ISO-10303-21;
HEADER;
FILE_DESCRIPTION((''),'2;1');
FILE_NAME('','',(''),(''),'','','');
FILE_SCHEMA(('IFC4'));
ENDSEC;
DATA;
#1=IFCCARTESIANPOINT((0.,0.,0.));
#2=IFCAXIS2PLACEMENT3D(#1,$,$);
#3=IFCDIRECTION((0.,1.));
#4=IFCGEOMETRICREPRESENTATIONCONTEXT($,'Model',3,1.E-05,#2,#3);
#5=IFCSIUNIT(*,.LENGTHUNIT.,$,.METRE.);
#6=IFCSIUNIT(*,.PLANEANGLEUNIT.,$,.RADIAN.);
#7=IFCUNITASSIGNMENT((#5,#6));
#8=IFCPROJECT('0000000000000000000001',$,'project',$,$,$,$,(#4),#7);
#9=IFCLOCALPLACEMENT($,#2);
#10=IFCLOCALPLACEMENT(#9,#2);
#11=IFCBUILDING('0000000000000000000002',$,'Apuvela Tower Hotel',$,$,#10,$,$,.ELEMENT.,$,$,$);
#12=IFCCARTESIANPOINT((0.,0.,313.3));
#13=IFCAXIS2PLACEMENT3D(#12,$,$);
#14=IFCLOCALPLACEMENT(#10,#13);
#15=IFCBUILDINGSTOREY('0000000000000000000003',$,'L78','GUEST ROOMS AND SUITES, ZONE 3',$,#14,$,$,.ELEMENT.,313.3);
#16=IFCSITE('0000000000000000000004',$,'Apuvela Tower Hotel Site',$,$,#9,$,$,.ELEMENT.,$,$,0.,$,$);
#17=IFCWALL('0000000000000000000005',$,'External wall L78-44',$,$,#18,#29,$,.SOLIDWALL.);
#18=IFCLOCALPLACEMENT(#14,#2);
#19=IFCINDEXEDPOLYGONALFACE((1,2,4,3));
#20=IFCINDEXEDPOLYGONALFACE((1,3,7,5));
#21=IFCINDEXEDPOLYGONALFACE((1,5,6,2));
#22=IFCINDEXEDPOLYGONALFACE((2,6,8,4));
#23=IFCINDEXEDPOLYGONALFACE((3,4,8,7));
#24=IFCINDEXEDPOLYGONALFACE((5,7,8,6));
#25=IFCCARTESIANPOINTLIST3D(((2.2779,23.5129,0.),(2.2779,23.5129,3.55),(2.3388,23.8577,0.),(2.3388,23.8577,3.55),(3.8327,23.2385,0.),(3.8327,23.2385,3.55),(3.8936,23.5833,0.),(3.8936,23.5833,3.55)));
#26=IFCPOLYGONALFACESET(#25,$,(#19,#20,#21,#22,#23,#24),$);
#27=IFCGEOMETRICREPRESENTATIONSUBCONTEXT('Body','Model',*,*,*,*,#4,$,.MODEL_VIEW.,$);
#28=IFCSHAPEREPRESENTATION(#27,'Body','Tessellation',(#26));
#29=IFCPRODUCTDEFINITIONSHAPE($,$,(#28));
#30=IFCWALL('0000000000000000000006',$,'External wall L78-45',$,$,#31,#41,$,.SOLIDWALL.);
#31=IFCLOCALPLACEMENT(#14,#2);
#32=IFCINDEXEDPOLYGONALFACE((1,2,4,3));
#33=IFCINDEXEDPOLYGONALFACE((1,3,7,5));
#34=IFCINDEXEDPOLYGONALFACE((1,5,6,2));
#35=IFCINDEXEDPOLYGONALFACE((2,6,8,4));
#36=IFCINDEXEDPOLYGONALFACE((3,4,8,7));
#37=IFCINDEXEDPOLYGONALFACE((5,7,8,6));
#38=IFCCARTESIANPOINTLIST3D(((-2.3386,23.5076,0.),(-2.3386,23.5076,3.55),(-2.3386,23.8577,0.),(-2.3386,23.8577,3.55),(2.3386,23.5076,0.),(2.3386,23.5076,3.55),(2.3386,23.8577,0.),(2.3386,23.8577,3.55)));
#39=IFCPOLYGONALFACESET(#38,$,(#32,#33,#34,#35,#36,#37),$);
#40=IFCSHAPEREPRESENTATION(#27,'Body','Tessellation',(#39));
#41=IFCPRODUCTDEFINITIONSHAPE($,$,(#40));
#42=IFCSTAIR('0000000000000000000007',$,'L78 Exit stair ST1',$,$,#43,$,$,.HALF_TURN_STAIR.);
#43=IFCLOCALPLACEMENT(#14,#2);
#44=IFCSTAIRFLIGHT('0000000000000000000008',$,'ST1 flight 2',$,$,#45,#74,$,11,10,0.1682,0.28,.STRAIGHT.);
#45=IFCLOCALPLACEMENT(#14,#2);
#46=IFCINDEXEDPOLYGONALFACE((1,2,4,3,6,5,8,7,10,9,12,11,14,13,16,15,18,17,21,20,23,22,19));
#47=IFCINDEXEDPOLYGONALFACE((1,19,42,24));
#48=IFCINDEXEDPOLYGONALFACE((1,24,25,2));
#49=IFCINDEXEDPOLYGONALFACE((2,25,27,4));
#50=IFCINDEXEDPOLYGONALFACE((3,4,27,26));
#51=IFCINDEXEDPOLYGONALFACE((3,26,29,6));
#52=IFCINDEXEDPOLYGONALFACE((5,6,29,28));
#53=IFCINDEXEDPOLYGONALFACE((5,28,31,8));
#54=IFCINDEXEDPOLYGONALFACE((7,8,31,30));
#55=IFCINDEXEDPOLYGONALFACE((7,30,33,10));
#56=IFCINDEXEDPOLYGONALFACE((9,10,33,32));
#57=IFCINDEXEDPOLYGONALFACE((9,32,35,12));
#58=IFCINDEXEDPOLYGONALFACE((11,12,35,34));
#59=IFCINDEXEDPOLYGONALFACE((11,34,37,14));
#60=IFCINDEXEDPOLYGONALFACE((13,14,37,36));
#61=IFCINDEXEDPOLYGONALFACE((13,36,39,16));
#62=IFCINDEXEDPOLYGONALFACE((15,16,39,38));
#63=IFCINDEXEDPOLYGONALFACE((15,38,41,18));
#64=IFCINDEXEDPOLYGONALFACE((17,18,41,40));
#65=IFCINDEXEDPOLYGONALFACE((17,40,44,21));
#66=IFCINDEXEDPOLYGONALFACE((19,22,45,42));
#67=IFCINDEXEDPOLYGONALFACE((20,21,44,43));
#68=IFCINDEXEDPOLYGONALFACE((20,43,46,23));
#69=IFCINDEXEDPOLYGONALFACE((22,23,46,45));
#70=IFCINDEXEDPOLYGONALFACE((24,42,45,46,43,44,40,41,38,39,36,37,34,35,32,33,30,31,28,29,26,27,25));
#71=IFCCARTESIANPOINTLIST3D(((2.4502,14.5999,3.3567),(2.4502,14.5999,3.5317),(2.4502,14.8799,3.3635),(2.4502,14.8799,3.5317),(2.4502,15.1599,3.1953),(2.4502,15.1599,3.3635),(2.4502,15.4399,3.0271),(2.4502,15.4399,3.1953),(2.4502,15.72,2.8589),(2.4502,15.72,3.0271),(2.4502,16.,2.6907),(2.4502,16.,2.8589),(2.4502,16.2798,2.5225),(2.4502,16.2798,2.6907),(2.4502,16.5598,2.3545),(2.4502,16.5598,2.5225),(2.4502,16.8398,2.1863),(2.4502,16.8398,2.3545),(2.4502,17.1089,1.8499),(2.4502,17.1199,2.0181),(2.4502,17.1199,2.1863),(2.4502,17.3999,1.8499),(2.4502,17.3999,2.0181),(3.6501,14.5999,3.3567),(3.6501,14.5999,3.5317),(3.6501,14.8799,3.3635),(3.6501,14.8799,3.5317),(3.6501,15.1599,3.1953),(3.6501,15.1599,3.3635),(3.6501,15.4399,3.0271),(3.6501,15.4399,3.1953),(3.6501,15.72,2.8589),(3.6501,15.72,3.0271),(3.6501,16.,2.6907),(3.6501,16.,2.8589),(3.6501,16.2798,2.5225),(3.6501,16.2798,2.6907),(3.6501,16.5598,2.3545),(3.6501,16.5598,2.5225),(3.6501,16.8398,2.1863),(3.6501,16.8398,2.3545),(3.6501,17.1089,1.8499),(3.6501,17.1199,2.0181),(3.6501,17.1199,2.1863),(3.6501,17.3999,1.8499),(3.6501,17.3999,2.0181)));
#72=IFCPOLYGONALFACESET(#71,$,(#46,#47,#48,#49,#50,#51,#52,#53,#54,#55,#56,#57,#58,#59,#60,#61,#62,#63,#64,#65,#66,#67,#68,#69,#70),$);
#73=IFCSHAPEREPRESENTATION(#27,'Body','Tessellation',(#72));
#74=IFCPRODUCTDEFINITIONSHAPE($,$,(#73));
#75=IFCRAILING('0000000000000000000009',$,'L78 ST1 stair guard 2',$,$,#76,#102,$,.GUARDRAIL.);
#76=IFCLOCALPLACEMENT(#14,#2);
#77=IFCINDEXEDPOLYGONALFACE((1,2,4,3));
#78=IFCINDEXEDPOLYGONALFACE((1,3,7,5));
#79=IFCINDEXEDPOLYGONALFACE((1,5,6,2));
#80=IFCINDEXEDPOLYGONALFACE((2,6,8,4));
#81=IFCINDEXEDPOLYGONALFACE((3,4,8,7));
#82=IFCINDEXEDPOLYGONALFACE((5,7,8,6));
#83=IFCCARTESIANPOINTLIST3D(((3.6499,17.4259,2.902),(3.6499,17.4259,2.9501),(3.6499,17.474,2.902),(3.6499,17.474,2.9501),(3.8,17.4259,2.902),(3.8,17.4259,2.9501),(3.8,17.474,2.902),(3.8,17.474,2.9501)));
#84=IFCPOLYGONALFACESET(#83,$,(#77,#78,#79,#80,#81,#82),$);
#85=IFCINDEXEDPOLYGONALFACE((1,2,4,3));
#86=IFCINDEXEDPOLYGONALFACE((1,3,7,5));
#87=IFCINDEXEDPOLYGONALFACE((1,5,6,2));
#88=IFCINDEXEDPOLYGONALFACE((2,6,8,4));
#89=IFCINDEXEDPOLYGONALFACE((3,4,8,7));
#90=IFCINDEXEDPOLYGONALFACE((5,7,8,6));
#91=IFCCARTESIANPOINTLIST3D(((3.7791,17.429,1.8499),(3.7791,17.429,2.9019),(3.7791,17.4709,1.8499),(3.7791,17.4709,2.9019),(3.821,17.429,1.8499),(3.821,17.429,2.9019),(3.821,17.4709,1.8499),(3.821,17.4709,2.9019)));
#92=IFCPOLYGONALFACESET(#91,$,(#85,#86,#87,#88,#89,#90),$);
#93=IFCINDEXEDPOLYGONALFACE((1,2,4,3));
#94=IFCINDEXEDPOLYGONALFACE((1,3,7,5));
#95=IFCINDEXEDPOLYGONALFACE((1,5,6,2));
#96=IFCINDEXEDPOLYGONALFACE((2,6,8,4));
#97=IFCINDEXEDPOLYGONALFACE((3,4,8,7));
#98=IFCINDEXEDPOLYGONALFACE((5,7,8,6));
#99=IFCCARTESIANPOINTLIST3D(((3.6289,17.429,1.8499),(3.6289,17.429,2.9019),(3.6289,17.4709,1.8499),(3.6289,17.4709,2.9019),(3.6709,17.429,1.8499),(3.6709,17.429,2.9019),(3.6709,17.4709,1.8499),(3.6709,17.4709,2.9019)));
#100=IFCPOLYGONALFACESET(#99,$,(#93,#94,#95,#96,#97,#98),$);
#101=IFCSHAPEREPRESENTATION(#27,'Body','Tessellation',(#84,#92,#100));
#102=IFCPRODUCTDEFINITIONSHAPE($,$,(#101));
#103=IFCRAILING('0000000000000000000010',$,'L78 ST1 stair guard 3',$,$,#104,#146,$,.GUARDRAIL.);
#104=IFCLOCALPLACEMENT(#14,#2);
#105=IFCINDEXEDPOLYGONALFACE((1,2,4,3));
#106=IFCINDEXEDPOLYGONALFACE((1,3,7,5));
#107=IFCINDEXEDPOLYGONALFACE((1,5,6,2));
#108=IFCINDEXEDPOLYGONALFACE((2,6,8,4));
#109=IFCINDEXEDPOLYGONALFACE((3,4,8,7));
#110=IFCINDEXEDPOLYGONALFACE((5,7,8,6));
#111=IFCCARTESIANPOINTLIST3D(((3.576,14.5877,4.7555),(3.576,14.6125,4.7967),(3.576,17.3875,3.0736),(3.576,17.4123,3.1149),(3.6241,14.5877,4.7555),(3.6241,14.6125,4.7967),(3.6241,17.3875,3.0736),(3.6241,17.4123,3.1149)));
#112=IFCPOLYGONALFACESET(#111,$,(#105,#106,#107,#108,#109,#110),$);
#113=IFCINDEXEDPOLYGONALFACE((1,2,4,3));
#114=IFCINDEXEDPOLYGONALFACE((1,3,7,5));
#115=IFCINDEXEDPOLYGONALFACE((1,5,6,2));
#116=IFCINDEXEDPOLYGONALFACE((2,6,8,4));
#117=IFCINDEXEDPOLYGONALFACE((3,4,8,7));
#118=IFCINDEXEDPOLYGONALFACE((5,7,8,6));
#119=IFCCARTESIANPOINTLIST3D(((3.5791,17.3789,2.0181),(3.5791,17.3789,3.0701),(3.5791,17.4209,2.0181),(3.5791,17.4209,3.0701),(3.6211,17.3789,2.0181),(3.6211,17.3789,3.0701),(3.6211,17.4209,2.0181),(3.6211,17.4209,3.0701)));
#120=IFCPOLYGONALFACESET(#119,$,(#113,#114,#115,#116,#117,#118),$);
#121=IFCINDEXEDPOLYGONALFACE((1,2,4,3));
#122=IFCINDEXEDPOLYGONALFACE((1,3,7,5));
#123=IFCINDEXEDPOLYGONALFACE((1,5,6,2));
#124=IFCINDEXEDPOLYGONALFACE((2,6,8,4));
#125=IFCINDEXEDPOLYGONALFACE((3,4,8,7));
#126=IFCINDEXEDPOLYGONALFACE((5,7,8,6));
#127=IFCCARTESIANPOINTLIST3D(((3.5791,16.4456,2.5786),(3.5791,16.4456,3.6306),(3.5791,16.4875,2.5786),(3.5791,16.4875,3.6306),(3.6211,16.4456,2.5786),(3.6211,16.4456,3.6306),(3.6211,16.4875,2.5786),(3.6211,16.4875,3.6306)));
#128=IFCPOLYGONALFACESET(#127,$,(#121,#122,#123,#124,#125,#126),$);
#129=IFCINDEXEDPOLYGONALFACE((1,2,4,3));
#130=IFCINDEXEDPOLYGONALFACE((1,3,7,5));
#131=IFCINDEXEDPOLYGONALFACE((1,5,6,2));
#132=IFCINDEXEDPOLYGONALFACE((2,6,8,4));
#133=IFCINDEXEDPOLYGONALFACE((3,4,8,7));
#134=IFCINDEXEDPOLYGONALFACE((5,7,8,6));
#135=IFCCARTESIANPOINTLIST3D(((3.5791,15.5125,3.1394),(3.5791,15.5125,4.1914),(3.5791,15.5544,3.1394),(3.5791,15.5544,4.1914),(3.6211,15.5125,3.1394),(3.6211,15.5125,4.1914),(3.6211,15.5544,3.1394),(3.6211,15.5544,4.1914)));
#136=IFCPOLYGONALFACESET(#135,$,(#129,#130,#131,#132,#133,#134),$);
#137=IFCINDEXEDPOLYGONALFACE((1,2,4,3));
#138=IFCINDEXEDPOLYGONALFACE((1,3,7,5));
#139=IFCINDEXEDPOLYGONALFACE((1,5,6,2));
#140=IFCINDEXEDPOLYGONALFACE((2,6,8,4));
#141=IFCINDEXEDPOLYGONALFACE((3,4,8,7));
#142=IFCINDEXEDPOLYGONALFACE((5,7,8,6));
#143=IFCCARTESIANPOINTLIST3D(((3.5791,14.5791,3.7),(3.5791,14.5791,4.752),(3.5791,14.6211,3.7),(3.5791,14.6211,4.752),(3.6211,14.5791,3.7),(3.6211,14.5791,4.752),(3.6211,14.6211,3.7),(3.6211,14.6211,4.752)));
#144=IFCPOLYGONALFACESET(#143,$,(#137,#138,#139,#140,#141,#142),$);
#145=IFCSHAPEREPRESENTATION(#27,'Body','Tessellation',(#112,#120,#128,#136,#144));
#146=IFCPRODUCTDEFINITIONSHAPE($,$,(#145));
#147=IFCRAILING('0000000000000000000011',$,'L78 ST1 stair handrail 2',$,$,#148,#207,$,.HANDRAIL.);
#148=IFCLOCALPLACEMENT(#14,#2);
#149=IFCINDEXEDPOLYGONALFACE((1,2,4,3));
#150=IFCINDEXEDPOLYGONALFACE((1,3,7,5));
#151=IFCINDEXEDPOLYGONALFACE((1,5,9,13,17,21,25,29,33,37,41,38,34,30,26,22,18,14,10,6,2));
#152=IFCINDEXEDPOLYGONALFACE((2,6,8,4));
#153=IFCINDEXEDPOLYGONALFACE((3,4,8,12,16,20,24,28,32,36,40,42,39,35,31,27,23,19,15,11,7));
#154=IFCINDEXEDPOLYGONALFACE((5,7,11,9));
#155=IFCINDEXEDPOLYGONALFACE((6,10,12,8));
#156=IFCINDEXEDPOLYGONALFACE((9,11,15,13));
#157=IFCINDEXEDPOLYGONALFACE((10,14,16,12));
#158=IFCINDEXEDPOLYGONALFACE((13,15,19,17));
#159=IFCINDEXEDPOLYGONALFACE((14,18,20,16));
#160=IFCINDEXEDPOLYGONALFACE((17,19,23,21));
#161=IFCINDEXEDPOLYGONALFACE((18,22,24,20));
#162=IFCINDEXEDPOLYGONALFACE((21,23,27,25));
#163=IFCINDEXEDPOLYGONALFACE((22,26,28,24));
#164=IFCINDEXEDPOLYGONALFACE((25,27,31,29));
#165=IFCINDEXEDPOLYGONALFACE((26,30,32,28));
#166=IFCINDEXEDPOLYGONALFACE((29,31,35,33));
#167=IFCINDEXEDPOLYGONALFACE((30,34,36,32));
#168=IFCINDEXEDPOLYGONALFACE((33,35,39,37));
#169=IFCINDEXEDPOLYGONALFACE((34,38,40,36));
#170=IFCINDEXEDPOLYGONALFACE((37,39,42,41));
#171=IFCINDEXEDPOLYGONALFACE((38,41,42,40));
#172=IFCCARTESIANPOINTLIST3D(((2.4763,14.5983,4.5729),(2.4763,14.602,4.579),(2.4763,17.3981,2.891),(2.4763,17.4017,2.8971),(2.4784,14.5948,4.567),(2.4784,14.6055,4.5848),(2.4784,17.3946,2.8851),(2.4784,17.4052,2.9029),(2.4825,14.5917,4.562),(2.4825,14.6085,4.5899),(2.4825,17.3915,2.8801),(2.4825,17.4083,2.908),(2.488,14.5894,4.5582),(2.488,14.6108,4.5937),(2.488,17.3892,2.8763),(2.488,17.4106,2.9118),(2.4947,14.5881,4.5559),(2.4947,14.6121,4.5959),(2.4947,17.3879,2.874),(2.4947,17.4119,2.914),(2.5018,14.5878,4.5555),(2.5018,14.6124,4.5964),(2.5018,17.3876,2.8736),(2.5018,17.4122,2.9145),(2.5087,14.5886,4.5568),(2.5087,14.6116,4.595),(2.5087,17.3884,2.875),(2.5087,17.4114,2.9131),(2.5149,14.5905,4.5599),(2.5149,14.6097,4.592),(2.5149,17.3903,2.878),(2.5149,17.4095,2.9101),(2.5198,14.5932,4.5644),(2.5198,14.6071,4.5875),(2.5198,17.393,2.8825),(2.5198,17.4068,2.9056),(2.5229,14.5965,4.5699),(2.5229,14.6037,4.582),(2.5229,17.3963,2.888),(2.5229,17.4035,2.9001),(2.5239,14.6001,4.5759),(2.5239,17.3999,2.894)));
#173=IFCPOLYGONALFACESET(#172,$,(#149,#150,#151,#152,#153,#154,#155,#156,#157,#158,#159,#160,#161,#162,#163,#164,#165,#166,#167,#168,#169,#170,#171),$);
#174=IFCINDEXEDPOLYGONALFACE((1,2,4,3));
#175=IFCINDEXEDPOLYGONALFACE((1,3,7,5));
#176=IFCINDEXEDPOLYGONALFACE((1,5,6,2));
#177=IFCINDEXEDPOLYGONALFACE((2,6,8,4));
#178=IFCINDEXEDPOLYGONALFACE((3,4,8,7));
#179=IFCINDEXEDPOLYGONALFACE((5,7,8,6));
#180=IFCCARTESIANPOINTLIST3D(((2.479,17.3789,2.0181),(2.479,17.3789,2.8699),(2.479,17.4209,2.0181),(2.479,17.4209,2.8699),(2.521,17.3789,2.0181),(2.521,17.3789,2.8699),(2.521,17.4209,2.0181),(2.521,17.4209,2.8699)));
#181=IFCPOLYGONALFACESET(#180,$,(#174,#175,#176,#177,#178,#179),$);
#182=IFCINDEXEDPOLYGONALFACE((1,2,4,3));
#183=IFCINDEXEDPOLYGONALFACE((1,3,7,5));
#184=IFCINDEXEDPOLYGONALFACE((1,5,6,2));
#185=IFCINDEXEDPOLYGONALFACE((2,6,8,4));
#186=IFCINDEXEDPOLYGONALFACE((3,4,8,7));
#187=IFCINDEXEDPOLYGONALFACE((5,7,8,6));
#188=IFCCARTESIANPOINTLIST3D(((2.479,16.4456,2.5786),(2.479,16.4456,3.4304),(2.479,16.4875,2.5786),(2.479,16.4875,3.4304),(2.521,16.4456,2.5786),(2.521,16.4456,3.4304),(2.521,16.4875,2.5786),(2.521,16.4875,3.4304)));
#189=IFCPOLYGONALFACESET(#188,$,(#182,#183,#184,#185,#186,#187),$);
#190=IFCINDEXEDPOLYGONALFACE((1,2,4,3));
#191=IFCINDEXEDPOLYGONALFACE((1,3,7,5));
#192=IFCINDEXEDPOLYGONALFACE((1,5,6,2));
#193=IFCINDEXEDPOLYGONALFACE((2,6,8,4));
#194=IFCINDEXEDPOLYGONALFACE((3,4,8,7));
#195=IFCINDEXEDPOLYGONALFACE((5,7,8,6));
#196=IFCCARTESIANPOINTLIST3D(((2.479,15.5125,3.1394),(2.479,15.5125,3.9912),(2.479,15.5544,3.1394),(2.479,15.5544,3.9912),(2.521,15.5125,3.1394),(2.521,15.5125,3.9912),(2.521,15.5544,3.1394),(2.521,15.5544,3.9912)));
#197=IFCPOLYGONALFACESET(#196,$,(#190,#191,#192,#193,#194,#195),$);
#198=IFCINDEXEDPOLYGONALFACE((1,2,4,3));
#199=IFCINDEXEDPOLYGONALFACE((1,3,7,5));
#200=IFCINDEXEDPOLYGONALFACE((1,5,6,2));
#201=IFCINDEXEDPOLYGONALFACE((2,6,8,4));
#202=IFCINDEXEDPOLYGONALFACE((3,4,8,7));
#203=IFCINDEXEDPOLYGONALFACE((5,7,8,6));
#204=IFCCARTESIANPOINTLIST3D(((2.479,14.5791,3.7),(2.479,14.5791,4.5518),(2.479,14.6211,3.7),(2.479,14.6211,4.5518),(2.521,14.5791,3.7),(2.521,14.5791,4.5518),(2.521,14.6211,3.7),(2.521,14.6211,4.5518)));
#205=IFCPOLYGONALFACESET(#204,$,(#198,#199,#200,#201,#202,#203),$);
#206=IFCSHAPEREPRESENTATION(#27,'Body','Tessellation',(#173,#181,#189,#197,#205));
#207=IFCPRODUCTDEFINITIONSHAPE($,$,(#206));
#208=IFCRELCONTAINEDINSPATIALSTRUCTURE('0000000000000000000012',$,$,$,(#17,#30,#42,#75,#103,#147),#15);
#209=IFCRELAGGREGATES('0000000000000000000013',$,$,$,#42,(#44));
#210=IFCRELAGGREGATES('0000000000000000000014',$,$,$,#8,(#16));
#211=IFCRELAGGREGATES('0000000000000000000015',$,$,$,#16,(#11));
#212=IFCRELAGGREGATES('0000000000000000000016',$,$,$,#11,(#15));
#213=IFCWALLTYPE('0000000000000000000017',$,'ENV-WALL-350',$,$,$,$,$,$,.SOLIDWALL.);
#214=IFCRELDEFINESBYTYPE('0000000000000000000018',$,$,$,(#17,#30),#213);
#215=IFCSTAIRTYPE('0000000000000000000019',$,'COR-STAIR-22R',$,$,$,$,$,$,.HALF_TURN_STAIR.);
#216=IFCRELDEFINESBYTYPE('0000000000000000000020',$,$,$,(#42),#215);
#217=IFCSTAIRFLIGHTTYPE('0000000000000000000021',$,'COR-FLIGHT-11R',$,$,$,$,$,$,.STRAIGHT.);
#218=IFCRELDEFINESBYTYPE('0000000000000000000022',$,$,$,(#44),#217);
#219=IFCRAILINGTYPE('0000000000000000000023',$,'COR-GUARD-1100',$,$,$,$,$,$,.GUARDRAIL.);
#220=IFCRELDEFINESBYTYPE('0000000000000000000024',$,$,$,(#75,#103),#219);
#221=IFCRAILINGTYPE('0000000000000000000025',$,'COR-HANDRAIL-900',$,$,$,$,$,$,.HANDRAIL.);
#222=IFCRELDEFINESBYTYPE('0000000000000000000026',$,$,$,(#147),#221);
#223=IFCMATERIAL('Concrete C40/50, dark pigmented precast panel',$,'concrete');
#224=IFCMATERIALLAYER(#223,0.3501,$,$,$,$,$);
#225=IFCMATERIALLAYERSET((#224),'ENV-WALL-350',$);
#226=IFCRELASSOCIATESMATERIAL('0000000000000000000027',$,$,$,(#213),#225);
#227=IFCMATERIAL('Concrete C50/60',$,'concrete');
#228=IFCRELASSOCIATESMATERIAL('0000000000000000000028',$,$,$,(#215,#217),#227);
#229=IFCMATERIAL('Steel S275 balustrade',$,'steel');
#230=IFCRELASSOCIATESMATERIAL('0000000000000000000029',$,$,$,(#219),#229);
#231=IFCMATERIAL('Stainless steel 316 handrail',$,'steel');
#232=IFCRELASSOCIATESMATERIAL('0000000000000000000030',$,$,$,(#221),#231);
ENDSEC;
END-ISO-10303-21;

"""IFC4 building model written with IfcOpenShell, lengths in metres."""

from ifc_helpers import new_model, si_unit, direction, frame, frame_2d, origin, origin_2d, place, context, subcontext, project, spatial, polyline, rectangle, circle, outline, extrude, material, layer, layer_set, type_object, element, aggregate, save


model = new_model("IFC4")

# Units and contexts
model_context = context("Model", 3, precision=1e-05, world=origin(), true_north=direction((0.0, 1.0)))
body_context = subcontext(model_context, "Body", "Model", "MODEL_VIEW")
ifc_project = project(units=[si_unit("LENGTHUNIT", "METRE"), si_unit("PLANEANGLEUNIT", "RADIAN")], contexts=[model_context])

# Site, building, storey
site_placement = place(None, origin())
site = spatial("IfcSite", under=ifc_project, at=site_placement, Name="Apuvela Tower Hotel Site", CompositionType="ELEMENT", RefElevation=0.0)
building_placement = place(site_placement, origin())
building = spatial("IfcBuilding", under=site, at=building_placement, Name="Apuvela Tower Hotel", CompositionType="ELEMENT")
storey_placement = place(building_placement, frame((0.0, 0.0, 313.3)))
storey = spatial("IfcBuildingStorey", under=building, at=storey_placement, Name="L78", Description="GUEST ROOMS AND SUITES, ZONE 3", CompositionType="ELEMENT", Elevation=313.3)

# Shared definitions
ifc_material_1 = material(Name="Concrete C50/60", Category="concrete")

# Shared definitions
ifc_material_2 = material(Name="Concrete C40/50, dark pigmented precast panel", Category="concrete")
ifc_layer_1 = layer(ifc_material_2, 0.3501)
ifc_layer_set_1 = layer_set([ifc_layer_1], Name="ENV-WALL-350")
wall_type_1 = type_object("IfcWallType", Name="ENV-WALL-350", PredefinedType="SOLIDWALL", material=ifc_layer_set_1)

# Walls
wall_1_placement = place(storey_placement, frame((3.8633, 23.4109, 0.0), z_axis=(0.0, 0.0, 1.0), x_axis=(-0.984782, 0.173794, 0.0)))
element("IfcWall", 1, at=wall_1_placement, inside=storey, type_object=wall_type_1, Name="External wall L78-44", PredefinedType="SOLIDWALL", context=body_context, shape_type="SweptSolid", body=[
    extrude(rectangle(XDim=1.5789, YDim=0.3501, at=frame_2d((0.7896, 0.0))), origin(), (0.0, 0.0, 1.0), 3.55),
])
wall_2_placement = place(storey_placement, frame((2.3386, 23.6826, 0.0), z_axis=(0.0, 0.0, 1.0), x_axis=(-1.0, 0.0, 0.0)))
element("IfcWall", 2, at=wall_2_placement, inside=storey, type_object=wall_type_1, Name="External wall L78-45", PredefinedType="SOLIDWALL", context=body_context, shape_type="SweptSolid", body=[
    extrude(rectangle(XDim=4.6772, YDim=0.3501, at=frame_2d((2.3386, 0.0))), origin(), (0.0, 0.0, 1.0), 3.55),
])

# Stair, stair flight
stair_type = type_object("IfcStairType", Name="COR-STAIR-22R", PredefinedType="HALF_TURN_STAIR", material=ifc_material_1)
stair_placement = place(storey_placement, origin())
stair = element("IfcStair", 3, at=stair_placement, inside=storey, type_object=stair_type, Name="L78 Exit stair ST1", PredefinedType="HALF_TURN_STAIR")
stair_flight_type = type_object("IfcStairFlightType", Name="COR-FLIGHT-11R", PredefinedType="STRAIGHT", material=ifc_material_1)
stair_flight_placement = place(storey_placement, frame((3.05, 17.3999, 1.8499), z_axis=(0.0, 0.0, 1.0), x_axis=(0.0, -1.0, 0.0)))
stair_flight = element("IfcStairFlight", 4, at=stair_flight_placement, type_object=stair_flight_type, Name="ST1 flight 2", NumberOfRisers=11, NumberOfTreads=10, PredefinedType="STRAIGHT", RiserHeight=0.1682, TreadLength=0.28, context=body_context, shape_type="SweptSolid", body=[
    extrude(outline(polyline([(0.0, 0.0), (0.0, 0.1682), (0.28, 0.1682), (0.28, 0.3364), (0.5601, 0.3364), (0.5601, 0.5046), (0.8401, 0.5046), (0.8401, 0.6726), (1.1201, 0.6726), (1.1201, 0.8408), (1.3999, 0.8408), (1.3999, 1.009), (1.6799, 1.009), (1.6799, 1.1772), (1.96, 1.1772), (1.96, 1.3455), (2.24, 1.3455), (2.24, 1.5137), (2.52, 1.5137), (2.52, 1.6819), (2.8, 1.6819), (2.8, 1.8501), (2.8, 1.5068), (0.291, 0.0), (0.0, 0.0)])), frame((0.0, 0.6001, 0.0), z_axis=(0.0, -1.0, 0.0), x_axis=(1.0, 0.0, 0.0)), (0.0, 0.0, 1.0), 1.2),
])
aggregate(stair, [stair_flight])

# Railings
ifc_material_3 = material(Name="Steel S275 balustrade", Category="steel")
railing_type_1 = type_object("IfcRailingType", Name="COR-GUARD-1100", PredefinedType="GUARDRAIL", material=ifc_material_3)
railing_1_placement = place(storey_placement, frame((3.8, 17.45, 1.8499)))
element("IfcRailing", 5, at=railing_1_placement, inside=storey, type_object=railing_type_1, Name="L78 ST1 stair guard 2", PredefinedType="GUARDRAIL", context=body_context, shape_type="SweptSolid", body=[
    extrude(rectangle(XDim=0.0481, YDim=0.0481, at=origin_2d()), frame((0.0, 0.0, 1.0762), z_axis=(-1.0, 0.0, 0.0), x_axis=(0.0, -1.0, 0.0)), (0.0, 0.0, 1.0), 0.1501),
    extrude(rectangle(XDim=0.042, YDim=0.042, at=origin_2d()), origin(), (0.0, 0.0, 1.0), 1.052),
    extrude(rectangle(XDim=0.042, YDim=0.042, at=origin_2d()), frame((-0.1501, 0.0, 0.0)), (0.0, 0.0, 1.0), 1.052),
])
railing_2_placement = place(storey_placement, frame((3.6001, 17.3999, 2.0181)))
element("IfcRailing", 6, at=railing_2_placement, inside=storey, type_object=railing_type_1, Name="L78 ST1 stair guard 3", PredefinedType="GUARDRAIL", context=body_context, shape_type="SweptSolid", body=[
    extrude(rectangle(XDim=0.0481, YDim=0.0481, at=origin_2d()), frame((0.0, 0.0, 1.0762), z_axis=(0.0, -0.857222, 0.514946), x_axis=(1.0, 0.0, 0.0)), (0.0, 0.0, 1.0), 3.2661),
    extrude(rectangle(XDim=0.042, YDim=0.042, at=origin_2d()), origin(), (0.0, 0.0, 1.0), 1.052),
    extrude(rectangle(XDim=0.042, YDim=0.042, at=origin_2d()), frame((0.0, -0.9333, 0.5605)), (0.0, 0.0, 1.0), 1.052),
    extrude(rectangle(XDim=0.042, YDim=0.042, at=origin_2d()), frame((0.0, -1.8665, 1.1213)), (0.0, 0.0, 1.0), 1.052),
    extrude(rectangle(XDim=0.042, YDim=0.042, at=origin_2d()), frame((0.0, -2.7998, 1.6819)), (0.0, 0.0, 1.0), 1.052),
])
ifc_material_4 = material(Name="Stainless steel 316 handrail", Category="steel")
railing_type_2 = type_object("IfcRailingType", Name="COR-HANDRAIL-900", PredefinedType="HANDRAIL", material=ifc_material_4)
railing_3_placement = place(storey_placement, frame((2.5, 17.3999, 2.0181)))
element("IfcRailing", 7, at=railing_3_placement, inside=storey, type_object=railing_type_2, Name="L78 ST1 stair handrail 2", PredefinedType="HANDRAIL", context=body_context, shape_type="SweptSolid", body=[
    extrude(circle(Radius=0.0239, at=origin_2d()), frame((0.0, 0.0, 0.876), z_axis=(0.0, -0.857222, 0.514946), x_axis=(1.0, 0.0, 0.0)), (0.0, 0.0, 1.0), 3.2661),
    extrude(rectangle(XDim=0.042, YDim=0.042, at=origin_2d()), origin(), (0.0, 0.0, 1.0), 0.8518),
    extrude(rectangle(XDim=0.042, YDim=0.042, at=origin_2d()), frame((0.0, -0.9333, 0.5605)), (0.0, 0.0, 1.0), 0.8518),
    extrude(rectangle(XDim=0.042, YDim=0.042, at=origin_2d()), frame((0.0, -1.8665, 1.1213)), (0.0, 0.0, 1.0), 0.8518),
    extrude(rectangle(XDim=0.042, YDim=0.042, at=origin_2d()), frame((0.0, -2.7998, 1.6819)), (0.0, 0.0, 1.0), 0.8518),
])

save(model, "model.ifc")
